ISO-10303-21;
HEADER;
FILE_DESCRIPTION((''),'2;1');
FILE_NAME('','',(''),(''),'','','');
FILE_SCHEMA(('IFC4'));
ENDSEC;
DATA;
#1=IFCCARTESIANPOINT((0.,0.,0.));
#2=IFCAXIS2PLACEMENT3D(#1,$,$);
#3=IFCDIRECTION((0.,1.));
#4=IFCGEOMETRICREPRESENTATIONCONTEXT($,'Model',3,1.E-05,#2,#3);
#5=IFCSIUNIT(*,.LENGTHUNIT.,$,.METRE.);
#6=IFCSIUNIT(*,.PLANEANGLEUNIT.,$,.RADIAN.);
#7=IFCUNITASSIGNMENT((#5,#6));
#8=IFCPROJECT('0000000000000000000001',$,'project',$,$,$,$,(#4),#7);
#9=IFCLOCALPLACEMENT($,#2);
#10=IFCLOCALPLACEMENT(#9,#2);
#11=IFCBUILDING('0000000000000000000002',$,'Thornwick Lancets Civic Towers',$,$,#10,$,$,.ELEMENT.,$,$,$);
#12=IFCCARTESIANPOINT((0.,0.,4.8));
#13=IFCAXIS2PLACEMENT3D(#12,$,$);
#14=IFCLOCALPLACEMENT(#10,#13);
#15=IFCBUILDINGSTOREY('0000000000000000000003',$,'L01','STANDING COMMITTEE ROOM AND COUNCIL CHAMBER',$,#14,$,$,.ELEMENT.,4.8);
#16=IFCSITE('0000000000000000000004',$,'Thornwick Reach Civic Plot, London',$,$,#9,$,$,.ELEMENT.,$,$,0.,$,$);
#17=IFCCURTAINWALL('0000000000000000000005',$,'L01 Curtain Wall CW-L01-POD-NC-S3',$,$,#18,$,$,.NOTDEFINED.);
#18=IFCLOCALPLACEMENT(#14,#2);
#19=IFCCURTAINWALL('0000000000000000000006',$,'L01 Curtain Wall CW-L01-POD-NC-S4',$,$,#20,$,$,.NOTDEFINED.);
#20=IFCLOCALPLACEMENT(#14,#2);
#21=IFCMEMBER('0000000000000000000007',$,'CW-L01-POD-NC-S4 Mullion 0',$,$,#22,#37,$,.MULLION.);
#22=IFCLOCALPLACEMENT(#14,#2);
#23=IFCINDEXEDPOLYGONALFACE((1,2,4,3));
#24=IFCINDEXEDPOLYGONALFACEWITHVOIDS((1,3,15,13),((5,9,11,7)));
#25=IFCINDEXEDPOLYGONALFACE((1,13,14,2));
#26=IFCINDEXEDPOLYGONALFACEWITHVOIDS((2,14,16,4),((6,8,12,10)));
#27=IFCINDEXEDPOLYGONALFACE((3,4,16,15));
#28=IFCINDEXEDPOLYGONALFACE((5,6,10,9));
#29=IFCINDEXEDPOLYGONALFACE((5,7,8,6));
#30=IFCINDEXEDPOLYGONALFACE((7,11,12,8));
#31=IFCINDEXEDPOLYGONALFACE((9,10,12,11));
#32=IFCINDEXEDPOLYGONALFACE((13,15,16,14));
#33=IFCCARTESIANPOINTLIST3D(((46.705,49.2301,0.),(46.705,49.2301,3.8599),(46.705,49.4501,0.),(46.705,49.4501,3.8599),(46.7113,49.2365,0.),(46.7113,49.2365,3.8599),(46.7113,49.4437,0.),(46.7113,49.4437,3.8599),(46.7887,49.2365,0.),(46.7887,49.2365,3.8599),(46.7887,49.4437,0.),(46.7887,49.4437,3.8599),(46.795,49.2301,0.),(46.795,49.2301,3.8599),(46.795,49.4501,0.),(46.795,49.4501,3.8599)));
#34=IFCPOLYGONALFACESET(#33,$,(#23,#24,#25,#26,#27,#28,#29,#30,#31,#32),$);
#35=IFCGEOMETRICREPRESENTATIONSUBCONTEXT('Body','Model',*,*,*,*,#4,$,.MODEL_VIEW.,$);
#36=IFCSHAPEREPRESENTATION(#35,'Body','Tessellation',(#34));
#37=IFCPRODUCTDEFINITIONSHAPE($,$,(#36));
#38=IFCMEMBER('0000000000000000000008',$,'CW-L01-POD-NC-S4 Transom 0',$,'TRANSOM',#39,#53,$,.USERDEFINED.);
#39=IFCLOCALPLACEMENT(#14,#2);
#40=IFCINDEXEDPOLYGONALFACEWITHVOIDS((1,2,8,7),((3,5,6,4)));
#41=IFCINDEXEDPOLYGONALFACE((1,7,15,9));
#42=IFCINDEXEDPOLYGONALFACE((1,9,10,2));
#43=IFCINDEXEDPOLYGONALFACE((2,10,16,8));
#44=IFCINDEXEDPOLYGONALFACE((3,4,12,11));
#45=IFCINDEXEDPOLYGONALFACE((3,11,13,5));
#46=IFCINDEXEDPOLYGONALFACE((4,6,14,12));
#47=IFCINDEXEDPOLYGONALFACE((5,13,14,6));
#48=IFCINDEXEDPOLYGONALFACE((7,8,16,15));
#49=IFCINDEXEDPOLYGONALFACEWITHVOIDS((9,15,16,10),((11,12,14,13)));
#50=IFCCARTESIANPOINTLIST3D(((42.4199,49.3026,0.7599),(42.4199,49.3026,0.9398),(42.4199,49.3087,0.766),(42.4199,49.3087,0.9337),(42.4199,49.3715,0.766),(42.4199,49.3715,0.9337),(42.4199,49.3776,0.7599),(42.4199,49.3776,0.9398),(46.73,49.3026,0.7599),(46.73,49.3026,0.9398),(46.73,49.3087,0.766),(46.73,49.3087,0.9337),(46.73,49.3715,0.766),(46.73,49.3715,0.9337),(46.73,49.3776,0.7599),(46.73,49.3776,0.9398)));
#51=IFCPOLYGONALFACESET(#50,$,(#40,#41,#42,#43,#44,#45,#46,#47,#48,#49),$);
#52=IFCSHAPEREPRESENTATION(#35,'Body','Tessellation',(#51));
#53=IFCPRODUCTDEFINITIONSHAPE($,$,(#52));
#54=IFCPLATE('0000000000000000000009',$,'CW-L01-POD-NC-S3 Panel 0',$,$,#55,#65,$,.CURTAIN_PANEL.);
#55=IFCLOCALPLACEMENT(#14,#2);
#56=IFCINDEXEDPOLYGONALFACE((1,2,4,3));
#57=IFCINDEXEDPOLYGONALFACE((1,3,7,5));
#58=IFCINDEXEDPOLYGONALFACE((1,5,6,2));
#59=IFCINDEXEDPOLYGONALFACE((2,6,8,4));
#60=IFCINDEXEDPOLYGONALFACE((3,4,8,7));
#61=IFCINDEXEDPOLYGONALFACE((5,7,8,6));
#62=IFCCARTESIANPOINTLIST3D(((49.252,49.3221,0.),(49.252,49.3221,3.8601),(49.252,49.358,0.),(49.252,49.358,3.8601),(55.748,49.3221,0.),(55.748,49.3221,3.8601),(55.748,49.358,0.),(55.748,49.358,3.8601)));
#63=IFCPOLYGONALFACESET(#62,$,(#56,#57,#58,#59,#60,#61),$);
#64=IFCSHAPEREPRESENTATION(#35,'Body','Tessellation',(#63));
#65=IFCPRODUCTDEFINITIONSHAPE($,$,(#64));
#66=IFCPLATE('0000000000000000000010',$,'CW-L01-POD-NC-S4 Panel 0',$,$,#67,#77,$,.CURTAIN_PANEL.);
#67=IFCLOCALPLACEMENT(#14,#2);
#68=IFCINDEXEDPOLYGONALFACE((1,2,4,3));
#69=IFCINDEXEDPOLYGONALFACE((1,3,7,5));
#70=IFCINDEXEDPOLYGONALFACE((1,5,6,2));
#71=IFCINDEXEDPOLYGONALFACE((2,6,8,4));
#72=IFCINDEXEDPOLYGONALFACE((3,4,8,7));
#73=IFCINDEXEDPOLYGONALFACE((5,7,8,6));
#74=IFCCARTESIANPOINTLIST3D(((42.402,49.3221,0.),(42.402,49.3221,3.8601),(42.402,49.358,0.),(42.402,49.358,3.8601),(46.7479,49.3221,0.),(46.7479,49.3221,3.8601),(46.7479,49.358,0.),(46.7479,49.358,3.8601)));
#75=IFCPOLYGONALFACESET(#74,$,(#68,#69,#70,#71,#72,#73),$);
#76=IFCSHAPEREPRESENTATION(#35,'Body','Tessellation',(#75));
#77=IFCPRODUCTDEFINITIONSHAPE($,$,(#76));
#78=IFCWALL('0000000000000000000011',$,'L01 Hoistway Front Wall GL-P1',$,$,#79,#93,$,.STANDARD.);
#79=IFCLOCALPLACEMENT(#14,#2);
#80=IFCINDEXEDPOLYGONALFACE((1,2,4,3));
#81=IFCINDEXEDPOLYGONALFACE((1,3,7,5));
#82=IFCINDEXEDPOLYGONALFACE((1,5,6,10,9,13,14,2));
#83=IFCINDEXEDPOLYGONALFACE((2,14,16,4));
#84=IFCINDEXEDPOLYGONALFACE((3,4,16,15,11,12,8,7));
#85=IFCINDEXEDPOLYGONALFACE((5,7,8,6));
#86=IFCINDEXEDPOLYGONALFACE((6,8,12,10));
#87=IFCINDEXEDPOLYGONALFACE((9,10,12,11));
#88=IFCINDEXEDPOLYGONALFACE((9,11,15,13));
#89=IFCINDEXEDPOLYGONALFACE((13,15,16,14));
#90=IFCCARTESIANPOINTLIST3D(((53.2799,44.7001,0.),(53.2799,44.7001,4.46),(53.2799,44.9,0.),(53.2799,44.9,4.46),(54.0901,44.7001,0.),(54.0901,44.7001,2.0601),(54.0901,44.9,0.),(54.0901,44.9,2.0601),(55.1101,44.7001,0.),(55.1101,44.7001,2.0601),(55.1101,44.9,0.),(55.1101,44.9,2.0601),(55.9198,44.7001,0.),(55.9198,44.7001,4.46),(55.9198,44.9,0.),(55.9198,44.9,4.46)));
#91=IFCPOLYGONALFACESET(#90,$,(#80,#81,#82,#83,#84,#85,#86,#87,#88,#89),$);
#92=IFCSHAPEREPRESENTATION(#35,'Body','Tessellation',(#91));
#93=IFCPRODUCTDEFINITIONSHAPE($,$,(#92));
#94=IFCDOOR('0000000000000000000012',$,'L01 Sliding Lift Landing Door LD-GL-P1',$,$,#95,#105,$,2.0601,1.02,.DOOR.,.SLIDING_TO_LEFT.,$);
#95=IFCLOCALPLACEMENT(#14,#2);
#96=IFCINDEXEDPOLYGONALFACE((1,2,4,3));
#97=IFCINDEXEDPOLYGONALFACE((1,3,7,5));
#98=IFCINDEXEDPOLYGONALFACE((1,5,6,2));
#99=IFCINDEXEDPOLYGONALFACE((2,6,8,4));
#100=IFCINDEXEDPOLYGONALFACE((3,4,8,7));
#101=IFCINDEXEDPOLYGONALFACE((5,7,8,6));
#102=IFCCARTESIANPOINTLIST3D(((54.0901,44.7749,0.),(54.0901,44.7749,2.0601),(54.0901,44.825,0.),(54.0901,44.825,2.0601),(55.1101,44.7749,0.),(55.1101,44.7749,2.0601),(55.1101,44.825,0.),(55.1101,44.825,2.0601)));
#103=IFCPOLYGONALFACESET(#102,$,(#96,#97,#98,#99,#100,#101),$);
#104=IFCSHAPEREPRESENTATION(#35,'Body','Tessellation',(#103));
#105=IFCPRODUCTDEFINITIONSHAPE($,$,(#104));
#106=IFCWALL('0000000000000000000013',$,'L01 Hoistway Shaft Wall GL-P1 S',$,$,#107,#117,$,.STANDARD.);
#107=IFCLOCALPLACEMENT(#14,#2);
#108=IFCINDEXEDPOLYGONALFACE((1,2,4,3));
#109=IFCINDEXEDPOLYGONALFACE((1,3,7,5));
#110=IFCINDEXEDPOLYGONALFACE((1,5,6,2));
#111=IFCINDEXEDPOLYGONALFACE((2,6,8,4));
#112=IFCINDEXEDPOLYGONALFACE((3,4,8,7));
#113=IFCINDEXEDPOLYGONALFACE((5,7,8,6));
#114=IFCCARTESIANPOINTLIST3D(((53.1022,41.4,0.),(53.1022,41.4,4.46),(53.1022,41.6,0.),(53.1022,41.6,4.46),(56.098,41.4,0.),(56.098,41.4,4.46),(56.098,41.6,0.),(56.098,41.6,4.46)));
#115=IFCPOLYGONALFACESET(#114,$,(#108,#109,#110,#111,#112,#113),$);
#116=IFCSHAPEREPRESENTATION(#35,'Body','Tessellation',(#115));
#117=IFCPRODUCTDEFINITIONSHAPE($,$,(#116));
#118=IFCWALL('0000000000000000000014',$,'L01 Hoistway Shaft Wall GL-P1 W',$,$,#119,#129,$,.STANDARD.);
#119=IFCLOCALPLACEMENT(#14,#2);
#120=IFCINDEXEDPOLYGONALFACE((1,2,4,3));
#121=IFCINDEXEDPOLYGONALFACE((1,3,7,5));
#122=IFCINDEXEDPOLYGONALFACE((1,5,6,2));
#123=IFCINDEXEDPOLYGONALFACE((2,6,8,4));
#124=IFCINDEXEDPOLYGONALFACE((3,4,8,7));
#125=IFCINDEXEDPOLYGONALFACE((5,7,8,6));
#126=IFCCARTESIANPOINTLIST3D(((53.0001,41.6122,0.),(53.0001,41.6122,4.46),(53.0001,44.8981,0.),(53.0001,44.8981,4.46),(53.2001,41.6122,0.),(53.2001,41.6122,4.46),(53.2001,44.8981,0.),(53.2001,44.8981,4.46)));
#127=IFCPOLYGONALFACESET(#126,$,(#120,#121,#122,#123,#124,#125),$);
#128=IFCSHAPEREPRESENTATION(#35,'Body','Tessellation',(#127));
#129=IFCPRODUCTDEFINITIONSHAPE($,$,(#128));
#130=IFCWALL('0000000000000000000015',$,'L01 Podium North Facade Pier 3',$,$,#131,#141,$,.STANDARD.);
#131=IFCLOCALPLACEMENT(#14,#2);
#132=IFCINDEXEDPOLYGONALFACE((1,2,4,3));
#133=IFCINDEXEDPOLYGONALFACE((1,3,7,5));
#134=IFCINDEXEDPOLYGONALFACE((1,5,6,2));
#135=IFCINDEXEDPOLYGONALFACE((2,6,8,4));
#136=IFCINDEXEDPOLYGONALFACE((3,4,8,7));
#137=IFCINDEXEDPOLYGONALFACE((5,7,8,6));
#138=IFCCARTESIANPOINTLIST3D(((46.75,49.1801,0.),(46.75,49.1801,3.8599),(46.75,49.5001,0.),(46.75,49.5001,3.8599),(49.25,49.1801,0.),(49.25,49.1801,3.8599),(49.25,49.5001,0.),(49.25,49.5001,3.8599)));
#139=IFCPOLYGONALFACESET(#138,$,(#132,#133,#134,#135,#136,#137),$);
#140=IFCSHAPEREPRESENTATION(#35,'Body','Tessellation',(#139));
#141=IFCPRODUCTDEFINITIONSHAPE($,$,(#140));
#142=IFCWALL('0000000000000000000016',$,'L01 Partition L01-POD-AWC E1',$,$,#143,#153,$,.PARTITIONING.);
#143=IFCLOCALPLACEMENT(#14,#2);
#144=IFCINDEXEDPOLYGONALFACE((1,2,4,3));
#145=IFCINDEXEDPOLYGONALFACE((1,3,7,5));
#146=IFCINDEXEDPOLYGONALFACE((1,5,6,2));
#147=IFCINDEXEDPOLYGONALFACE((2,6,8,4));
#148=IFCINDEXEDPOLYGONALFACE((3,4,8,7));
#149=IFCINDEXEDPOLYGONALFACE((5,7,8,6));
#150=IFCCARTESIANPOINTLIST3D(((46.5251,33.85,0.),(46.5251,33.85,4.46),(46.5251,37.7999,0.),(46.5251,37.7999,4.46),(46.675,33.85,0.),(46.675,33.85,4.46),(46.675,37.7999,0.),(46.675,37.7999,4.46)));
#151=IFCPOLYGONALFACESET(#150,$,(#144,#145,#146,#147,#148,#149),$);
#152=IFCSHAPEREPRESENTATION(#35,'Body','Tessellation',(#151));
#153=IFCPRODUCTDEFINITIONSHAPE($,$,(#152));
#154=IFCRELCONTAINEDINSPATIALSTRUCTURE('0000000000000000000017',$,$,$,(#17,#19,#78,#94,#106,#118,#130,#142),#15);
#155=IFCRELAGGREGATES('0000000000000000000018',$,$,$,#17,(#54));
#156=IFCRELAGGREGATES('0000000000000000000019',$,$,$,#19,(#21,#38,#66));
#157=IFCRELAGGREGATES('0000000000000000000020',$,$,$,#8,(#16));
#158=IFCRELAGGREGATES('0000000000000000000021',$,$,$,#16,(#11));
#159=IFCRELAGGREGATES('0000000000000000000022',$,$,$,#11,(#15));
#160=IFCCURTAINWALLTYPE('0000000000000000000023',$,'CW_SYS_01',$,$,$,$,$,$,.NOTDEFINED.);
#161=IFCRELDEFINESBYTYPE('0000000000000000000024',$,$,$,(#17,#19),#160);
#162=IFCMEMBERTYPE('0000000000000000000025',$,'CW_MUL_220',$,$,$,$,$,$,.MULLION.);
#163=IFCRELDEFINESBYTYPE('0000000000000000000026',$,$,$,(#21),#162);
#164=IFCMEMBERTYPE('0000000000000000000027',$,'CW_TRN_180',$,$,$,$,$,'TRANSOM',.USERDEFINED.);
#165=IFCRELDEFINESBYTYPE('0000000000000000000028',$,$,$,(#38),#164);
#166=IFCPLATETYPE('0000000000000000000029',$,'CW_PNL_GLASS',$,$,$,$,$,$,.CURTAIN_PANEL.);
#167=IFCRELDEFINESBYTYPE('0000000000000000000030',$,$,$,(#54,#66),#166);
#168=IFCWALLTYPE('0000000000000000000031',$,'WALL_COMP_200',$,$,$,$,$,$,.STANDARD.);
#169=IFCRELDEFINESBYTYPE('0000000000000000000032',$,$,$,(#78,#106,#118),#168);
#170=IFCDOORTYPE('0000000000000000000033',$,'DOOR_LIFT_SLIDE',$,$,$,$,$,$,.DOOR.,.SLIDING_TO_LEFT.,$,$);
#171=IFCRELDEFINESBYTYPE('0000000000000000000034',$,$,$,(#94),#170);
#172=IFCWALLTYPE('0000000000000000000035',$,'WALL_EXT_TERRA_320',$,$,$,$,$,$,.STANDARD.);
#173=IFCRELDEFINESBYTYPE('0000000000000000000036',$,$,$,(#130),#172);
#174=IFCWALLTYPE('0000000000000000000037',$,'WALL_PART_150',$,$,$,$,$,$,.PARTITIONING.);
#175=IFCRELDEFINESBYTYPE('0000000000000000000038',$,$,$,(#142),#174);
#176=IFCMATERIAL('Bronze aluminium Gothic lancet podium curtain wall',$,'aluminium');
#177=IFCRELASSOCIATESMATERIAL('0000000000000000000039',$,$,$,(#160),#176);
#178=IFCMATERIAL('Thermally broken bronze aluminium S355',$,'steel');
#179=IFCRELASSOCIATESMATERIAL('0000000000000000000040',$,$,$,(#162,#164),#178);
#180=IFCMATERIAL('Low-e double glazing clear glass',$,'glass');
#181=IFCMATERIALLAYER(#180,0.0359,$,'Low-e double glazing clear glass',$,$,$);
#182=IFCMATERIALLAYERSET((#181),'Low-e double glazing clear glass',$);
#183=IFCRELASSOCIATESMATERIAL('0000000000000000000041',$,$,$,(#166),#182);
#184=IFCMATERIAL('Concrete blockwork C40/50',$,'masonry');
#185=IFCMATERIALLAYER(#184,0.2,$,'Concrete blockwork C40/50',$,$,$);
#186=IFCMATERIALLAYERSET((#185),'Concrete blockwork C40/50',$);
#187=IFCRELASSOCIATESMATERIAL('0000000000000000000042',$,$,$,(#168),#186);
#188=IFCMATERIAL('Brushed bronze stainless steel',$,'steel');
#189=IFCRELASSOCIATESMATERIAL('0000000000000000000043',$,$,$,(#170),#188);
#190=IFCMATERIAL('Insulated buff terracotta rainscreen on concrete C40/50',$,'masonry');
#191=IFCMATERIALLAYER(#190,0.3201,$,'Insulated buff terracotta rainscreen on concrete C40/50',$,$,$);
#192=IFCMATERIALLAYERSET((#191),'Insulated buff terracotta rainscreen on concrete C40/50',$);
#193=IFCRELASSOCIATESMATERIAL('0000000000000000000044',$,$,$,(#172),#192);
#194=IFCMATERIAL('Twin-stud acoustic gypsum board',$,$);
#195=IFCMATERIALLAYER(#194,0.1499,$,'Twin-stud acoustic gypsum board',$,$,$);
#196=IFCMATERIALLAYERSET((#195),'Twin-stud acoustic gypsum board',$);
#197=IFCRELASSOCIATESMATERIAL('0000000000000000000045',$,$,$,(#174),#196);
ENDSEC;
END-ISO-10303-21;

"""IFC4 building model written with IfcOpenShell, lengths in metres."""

from ifc_helpers import new_model, si_unit, direction, frame, frame_2d, origin, origin_2d, place, context, subcontext, project, spatial, rectangle, hollow_rectangle, extrude, material, layer, layer_set, material_profile, profile_set, type_object, element, fill, aggregate, save


model = new_model("IFC4")

# Units and contexts
model_context = context("Model", 3, precision=1e-05, world=origin(), true_north=direction((0.0, 1.0)))
body_context = subcontext(model_context, "Body", "Model", "MODEL_VIEW")
ifc_project = project(units=[si_unit("LENGTHUNIT", "METRE"), si_unit("PLANEANGLEUNIT", "RADIAN")], contexts=[model_context])

# Site, building, storey
site_placement = place(None, origin())
site = spatial("IfcSite", under=ifc_project, at=site_placement, Name="Thornwick Reach Civic Plot, London", CompositionType="ELEMENT", RefElevation=0.0)
building_placement = place(site_placement, origin())
building = spatial("IfcBuilding", under=site, at=building_placement, Name="Thornwick Lancets Civic Towers", CompositionType="ELEMENT")
storey_placement = place(building_placement, frame((0.0, 0.0, 4.8)))
storey = spatial("IfcBuildingStorey", under=building, at=storey_placement, Name="L01", Description="STANDING COMMITTEE ROOM AND COUNCIL CHAMBER", CompositionType="ELEMENT", Elevation=4.8)

# Curtain wall
ifc_material_1 = material(Name="Bronze aluminium Gothic lancet podium curtain wall", Category="aluminium")
curtain_wall_type = type_object("IfcCurtainWallType", Name="CW_SYS_01", PredefinedType="NOTDEFINED", material=ifc_material_1)
curtain_wall_1_placement = place(storey_placement, origin())
curtain_wall_1 = element("IfcCurtainWall", 1, at=curtain_wall_1_placement, inside=storey, type_object=curtain_wall_type, Name="L01 Curtain Wall CW-L01-POD-NC-S3", PredefinedType="NOTDEFINED")
ifc_material_2 = material(Name="Thermally broken bronze aluminium S355", Category="steel")
ifc_material_profile_1 = material_profile(ifc_material_2, hollow_rectangle(XDim=0.0901, YDim=0.22, WallThickness=0.0063, at=origin_2d()), Name="RHS 220x90x6.3")
ifc_profile_set_1 = profile_set([ifc_material_profile_1], Name="Thermally broken bronze aluminium S355")
member_type_1 = type_object("IfcMemberType", Name="CW_MUL_220", PredefinedType="MULLION", material=ifc_profile_set_1)

# Curtain wall, members
curtain_wall_2_placement = place(storey_placement, origin())
curtain_wall_2 = element("IfcCurtainWall", 2, at=curtain_wall_2_placement, inside=storey, type_object=curtain_wall_type, Name="L01 Curtain Wall CW-L01-POD-NC-S4", PredefinedType="NOTDEFINED")
member_1_placement = place(storey_placement, frame((46.75, 49.3401, 0.0), z_axis=(0.0, 0.0, 1.0), x_axis=(1.0, 0.0, 0.0)))
member_1 = element("IfcMember", 3, at=member_1_placement, type_object=member_type_1, Name="CW-L01-POD-NC-S4 Mullion 0", PredefinedType="MULLION", context=body_context, shape_type="SweptSolid", body=[
    extrude(hollow_rectangle(XDim=0.0901, YDim=0.22, WallThickness=0.0063, at=origin_2d()), origin(), (0.0, 0.0, 1.0), 3.8599),
])
ifc_material_profile_2 = material_profile(ifc_material_2, hollow_rectangle(XDim=0.075, YDim=0.1799, WallThickness=0.0061, at=origin_2d()), Name="RHS 180x75x6")
ifc_profile_set_2 = profile_set([ifc_material_profile_2], Name="Thermally broken bronze aluminium S355")
member_type_2 = type_object("IfcMemberType", Name="CW_TRN_180", ElementType="TRANSOM", PredefinedType="USERDEFINED", material=ifc_profile_set_2)
member_2_placement = place(storey_placement, frame((46.73, 49.3401, 0.8499), z_axis=(-1.0, 0.0, 0.0), x_axis=(0.0, -1.0, 0.0)))
member_2 = element("IfcMember", 4, at=member_2_placement, type_object=member_type_2, Name="CW-L01-POD-NC-S4 Transom 0", ObjectType="TRANSOM", PredefinedType="USERDEFINED", context=body_context, shape_type="SweptSolid", body=[
    extrude(hollow_rectangle(XDim=0.075, YDim=0.1799, WallThickness=0.0061, at=origin_2d()), origin(), (0.0, 0.0, 1.0), 4.3101),
])

# Plates
ifc_material_3 = material(Name="Low-e double glazing clear glass", Category="glass")
ifc_layer_1 = layer(ifc_material_3, 0.0359, Name="Low-e double glazing clear glass")
ifc_layer_set_1 = layer_set([ifc_layer_1], Name="Low-e double glazing clear glass")
plate_type = type_object("IfcPlateType", Name="CW_PNL_GLASS", PredefinedType="CURTAIN_PANEL", material=ifc_layer_set_1)
plate_1_placement = place(storey_placement, frame((52.5, 49.3401, 0.0), z_axis=(0.0, 0.0, 1.0), x_axis=(-1.0, 0.0, 0.0)))
plate_1 = element("IfcPlate", 5, at=plate_1_placement, type_object=plate_type, Name="CW-L01-POD-NC-S3 Panel 0", PredefinedType="CURTAIN_PANEL", context=body_context, shape_type="SweptSolid", body=[
    extrude(rectangle(XDim=6.4961, YDim=0.0359, at=origin_2d()), origin(), (0.0, 0.0, 1.0), 3.8601),
])
aggregate(curtain_wall_1, [plate_1])
plate_2_placement = place(storey_placement, frame((44.575, 49.3401, 0.0), z_axis=(0.0, 0.0, 1.0), x_axis=(-1.0, 0.0, 0.0)))
plate_2 = element("IfcPlate", 6, at=plate_2_placement, type_object=plate_type, Name="CW-L01-POD-NC-S4 Panel 0", PredefinedType="CURTAIN_PANEL", context=body_context, shape_type="SweptSolid", body=[
    extrude(rectangle(XDim=4.3459, YDim=0.0359, at=origin_2d()), origin(), (0.0, 0.0, 1.0), 3.8601),
])
aggregate(curtain_wall_2, [member_1, member_2, plate_2])

# Wall, opening, door
ifc_material_4 = material(Name="Concrete blockwork C40/50", Category="masonry")
ifc_layer_2 = layer(ifc_material_4, 0.2, Name="Concrete blockwork C40/50")
ifc_layer_set_2 = layer_set([ifc_layer_2], Name="Concrete blockwork C40/50")
wall_type_1 = type_object("IfcWallType", Name="WALL_COMP_200", PredefinedType="STANDARD", material=ifc_layer_set_2)
wall_1_placement = place(storey_placement, frame((53.28, 44.8, 0.0), z_axis=(0.0, 0.0, 1.0), x_axis=(1.0, 0.0, 0.0)))
wall_1 = element("IfcWall", 7, at=wall_1_placement, inside=storey, type_object=wall_type_1, Name="L01 Hoistway Front Wall GL-P1", PredefinedType="STANDARD", context=body_context, shape_type="SweptSolid", body=[
    extrude(rectangle(XDim=2.6399, YDim=0.2, at=frame_2d((1.3198, 0.0))), origin(), (0.0, 0.0, 1.0), 4.46),
])
opening_1_placement = place(wall_1_placement, frame((0.8101, 0.0, 0.0)))
opening_1 = element("IfcOpeningElement", 8, at=opening_1_placement, cuts=wall_1, PredefinedType="OPENING", context=body_context, shape_type="SweptSolid", body=[
    extrude(rectangle(XDim=1.02, YDim=2.0601, at=frame_2d((0.51, 1.03))), frame((0.0, 0.1099, 0.0), z_axis=(0.0, -1.0, 0.0), x_axis=(1.0, 0.0, 0.0)), (0.0, 0.0, 1.0), 0.22),
])
ifc_material_5 = material(Name="Brushed bronze stainless steel", Category="steel")
door_type_1 = type_object("IfcDoorType", Name="DOOR_LIFT_SLIDE", OperationType="SLIDING_TO_LEFT", PredefinedType="DOOR", material=ifc_material_5)
door_1_placement = place(opening_1_placement, origin())
door_1 = element("IfcDoor", 9, at=door_1_placement, inside=storey, type_object=door_type_1, Name="L01 Sliding Lift Landing Door LD-GL-P1", OperationType="SLIDING_TO_LEFT", OverallHeight=2.0601, OverallWidth=1.02, PredefinedType="DOOR", context=body_context, shape_type="SweptSolid", body=[
    extrude(rectangle(XDim=1.02, YDim=2.0601, at=frame_2d((0.51, 1.03))), frame((0.0, 0.0249, 0.0), z_axis=(0.0, -1.0, 0.0), x_axis=(1.0, 0.0, 0.0)), (0.0, 0.0, 1.0), 0.05),
])
fill(opening_1, door_1)

# Walls
wall_2_placement = place(storey_placement, frame((53.1021, 41.5, 0.0), z_axis=(0.0, 0.0, 1.0), x_axis=(1.0, 0.0, 0.0)))
element("IfcWall", 10, at=wall_2_placement, inside=storey, type_object=wall_type_1, Name="L01 Hoistway Shaft Wall GL-P1 S", PredefinedType="STANDARD", context=body_context, shape_type="SweptSolid", body=[
    extrude(rectangle(XDim=2.9958, YDim=0.2, at=frame_2d((1.498, 0.0))), origin(), (0.0, 0.0, 1.0), 4.46),
])
wall_3_placement = place(storey_placement, frame((53.1001, 41.6121, 0.0), z_axis=(0.0, 0.0, 1.0), x_axis=(0.0, 1.0, 0.0)))
element("IfcWall", 11, at=wall_3_placement, inside=storey, type_object=wall_type_1, Name="L01 Hoistway Shaft Wall GL-P1 W", PredefinedType="STANDARD", context=body_context, shape_type="SweptSolid", body=[
    extrude(rectangle(XDim=3.2859, YDim=0.2, at=frame_2d((1.6431, 0.0))), origin(), (0.0, 0.0, 1.0), 4.46),
])
ifc_material_6 = material(Name="Insulated buff terracotta rainscreen on concrete C40/50", Category="masonry")
ifc_layer_3 = layer(ifc_material_6, 0.3201, Name="Insulated buff terracotta rainscreen on concrete C40/50")
ifc_layer_set_3 = layer_set([ifc_layer_3], Name="Insulated buff terracotta rainscreen on concrete C40/50")
wall_type_2 = type_object("IfcWallType", Name="WALL_EXT_TERRA_320", PredefinedType="STANDARD", material=ifc_layer_set_3)
wall_4_placement = place(storey_placement, frame((49.25, 49.3401, 0.0), z_axis=(0.0, 0.0, 1.0), x_axis=(-1.0, 0.0, 0.0)))
element("IfcWall", 12, at=wall_4_placement, inside=storey, type_object=wall_type_2, Name="L01 Podium North Facade Pier 3", PredefinedType="STANDARD", context=body_context, shape_type="SweptSolid", body=[
    extrude(rectangle(XDim=2.5, YDim=0.3201, at=frame_2d((1.25, 0.0))), origin(), (0.0, 0.0, 1.0), 3.8599),
])
ifc_material_7 = material(Name="Twin-stud acoustic gypsum board")
ifc_layer_4 = layer(ifc_material_7, 0.1499, Name="Twin-stud acoustic gypsum board")
ifc_layer_set_4 = layer_set([ifc_layer_4], Name="Twin-stud acoustic gypsum board")
wall_type_3 = type_object("IfcWallType", Name="WALL_PART_150", PredefinedType="PARTITIONING", material=ifc_layer_set_4)
wall_5_placement = place(storey_placement, frame((46.6001, 37.8, 0.0), z_axis=(0.0, 0.0, 1.0), x_axis=(0.0, -1.0, 0.0)))
element("IfcWall", 13, at=wall_5_placement, inside=storey, type_object=wall_type_3, Name="L01 Partition L01-POD-AWC E1", PredefinedType="PARTITIONING", context=body_context, shape_type="SweptSolid", body=[
    extrude(rectangle(XDim=3.95, YDim=0.1499, at=frame_2d((1.9751, 0.0))), origin(), (0.0, 0.0, 1.0), 4.46),
])

save(model, "model.ifc")
